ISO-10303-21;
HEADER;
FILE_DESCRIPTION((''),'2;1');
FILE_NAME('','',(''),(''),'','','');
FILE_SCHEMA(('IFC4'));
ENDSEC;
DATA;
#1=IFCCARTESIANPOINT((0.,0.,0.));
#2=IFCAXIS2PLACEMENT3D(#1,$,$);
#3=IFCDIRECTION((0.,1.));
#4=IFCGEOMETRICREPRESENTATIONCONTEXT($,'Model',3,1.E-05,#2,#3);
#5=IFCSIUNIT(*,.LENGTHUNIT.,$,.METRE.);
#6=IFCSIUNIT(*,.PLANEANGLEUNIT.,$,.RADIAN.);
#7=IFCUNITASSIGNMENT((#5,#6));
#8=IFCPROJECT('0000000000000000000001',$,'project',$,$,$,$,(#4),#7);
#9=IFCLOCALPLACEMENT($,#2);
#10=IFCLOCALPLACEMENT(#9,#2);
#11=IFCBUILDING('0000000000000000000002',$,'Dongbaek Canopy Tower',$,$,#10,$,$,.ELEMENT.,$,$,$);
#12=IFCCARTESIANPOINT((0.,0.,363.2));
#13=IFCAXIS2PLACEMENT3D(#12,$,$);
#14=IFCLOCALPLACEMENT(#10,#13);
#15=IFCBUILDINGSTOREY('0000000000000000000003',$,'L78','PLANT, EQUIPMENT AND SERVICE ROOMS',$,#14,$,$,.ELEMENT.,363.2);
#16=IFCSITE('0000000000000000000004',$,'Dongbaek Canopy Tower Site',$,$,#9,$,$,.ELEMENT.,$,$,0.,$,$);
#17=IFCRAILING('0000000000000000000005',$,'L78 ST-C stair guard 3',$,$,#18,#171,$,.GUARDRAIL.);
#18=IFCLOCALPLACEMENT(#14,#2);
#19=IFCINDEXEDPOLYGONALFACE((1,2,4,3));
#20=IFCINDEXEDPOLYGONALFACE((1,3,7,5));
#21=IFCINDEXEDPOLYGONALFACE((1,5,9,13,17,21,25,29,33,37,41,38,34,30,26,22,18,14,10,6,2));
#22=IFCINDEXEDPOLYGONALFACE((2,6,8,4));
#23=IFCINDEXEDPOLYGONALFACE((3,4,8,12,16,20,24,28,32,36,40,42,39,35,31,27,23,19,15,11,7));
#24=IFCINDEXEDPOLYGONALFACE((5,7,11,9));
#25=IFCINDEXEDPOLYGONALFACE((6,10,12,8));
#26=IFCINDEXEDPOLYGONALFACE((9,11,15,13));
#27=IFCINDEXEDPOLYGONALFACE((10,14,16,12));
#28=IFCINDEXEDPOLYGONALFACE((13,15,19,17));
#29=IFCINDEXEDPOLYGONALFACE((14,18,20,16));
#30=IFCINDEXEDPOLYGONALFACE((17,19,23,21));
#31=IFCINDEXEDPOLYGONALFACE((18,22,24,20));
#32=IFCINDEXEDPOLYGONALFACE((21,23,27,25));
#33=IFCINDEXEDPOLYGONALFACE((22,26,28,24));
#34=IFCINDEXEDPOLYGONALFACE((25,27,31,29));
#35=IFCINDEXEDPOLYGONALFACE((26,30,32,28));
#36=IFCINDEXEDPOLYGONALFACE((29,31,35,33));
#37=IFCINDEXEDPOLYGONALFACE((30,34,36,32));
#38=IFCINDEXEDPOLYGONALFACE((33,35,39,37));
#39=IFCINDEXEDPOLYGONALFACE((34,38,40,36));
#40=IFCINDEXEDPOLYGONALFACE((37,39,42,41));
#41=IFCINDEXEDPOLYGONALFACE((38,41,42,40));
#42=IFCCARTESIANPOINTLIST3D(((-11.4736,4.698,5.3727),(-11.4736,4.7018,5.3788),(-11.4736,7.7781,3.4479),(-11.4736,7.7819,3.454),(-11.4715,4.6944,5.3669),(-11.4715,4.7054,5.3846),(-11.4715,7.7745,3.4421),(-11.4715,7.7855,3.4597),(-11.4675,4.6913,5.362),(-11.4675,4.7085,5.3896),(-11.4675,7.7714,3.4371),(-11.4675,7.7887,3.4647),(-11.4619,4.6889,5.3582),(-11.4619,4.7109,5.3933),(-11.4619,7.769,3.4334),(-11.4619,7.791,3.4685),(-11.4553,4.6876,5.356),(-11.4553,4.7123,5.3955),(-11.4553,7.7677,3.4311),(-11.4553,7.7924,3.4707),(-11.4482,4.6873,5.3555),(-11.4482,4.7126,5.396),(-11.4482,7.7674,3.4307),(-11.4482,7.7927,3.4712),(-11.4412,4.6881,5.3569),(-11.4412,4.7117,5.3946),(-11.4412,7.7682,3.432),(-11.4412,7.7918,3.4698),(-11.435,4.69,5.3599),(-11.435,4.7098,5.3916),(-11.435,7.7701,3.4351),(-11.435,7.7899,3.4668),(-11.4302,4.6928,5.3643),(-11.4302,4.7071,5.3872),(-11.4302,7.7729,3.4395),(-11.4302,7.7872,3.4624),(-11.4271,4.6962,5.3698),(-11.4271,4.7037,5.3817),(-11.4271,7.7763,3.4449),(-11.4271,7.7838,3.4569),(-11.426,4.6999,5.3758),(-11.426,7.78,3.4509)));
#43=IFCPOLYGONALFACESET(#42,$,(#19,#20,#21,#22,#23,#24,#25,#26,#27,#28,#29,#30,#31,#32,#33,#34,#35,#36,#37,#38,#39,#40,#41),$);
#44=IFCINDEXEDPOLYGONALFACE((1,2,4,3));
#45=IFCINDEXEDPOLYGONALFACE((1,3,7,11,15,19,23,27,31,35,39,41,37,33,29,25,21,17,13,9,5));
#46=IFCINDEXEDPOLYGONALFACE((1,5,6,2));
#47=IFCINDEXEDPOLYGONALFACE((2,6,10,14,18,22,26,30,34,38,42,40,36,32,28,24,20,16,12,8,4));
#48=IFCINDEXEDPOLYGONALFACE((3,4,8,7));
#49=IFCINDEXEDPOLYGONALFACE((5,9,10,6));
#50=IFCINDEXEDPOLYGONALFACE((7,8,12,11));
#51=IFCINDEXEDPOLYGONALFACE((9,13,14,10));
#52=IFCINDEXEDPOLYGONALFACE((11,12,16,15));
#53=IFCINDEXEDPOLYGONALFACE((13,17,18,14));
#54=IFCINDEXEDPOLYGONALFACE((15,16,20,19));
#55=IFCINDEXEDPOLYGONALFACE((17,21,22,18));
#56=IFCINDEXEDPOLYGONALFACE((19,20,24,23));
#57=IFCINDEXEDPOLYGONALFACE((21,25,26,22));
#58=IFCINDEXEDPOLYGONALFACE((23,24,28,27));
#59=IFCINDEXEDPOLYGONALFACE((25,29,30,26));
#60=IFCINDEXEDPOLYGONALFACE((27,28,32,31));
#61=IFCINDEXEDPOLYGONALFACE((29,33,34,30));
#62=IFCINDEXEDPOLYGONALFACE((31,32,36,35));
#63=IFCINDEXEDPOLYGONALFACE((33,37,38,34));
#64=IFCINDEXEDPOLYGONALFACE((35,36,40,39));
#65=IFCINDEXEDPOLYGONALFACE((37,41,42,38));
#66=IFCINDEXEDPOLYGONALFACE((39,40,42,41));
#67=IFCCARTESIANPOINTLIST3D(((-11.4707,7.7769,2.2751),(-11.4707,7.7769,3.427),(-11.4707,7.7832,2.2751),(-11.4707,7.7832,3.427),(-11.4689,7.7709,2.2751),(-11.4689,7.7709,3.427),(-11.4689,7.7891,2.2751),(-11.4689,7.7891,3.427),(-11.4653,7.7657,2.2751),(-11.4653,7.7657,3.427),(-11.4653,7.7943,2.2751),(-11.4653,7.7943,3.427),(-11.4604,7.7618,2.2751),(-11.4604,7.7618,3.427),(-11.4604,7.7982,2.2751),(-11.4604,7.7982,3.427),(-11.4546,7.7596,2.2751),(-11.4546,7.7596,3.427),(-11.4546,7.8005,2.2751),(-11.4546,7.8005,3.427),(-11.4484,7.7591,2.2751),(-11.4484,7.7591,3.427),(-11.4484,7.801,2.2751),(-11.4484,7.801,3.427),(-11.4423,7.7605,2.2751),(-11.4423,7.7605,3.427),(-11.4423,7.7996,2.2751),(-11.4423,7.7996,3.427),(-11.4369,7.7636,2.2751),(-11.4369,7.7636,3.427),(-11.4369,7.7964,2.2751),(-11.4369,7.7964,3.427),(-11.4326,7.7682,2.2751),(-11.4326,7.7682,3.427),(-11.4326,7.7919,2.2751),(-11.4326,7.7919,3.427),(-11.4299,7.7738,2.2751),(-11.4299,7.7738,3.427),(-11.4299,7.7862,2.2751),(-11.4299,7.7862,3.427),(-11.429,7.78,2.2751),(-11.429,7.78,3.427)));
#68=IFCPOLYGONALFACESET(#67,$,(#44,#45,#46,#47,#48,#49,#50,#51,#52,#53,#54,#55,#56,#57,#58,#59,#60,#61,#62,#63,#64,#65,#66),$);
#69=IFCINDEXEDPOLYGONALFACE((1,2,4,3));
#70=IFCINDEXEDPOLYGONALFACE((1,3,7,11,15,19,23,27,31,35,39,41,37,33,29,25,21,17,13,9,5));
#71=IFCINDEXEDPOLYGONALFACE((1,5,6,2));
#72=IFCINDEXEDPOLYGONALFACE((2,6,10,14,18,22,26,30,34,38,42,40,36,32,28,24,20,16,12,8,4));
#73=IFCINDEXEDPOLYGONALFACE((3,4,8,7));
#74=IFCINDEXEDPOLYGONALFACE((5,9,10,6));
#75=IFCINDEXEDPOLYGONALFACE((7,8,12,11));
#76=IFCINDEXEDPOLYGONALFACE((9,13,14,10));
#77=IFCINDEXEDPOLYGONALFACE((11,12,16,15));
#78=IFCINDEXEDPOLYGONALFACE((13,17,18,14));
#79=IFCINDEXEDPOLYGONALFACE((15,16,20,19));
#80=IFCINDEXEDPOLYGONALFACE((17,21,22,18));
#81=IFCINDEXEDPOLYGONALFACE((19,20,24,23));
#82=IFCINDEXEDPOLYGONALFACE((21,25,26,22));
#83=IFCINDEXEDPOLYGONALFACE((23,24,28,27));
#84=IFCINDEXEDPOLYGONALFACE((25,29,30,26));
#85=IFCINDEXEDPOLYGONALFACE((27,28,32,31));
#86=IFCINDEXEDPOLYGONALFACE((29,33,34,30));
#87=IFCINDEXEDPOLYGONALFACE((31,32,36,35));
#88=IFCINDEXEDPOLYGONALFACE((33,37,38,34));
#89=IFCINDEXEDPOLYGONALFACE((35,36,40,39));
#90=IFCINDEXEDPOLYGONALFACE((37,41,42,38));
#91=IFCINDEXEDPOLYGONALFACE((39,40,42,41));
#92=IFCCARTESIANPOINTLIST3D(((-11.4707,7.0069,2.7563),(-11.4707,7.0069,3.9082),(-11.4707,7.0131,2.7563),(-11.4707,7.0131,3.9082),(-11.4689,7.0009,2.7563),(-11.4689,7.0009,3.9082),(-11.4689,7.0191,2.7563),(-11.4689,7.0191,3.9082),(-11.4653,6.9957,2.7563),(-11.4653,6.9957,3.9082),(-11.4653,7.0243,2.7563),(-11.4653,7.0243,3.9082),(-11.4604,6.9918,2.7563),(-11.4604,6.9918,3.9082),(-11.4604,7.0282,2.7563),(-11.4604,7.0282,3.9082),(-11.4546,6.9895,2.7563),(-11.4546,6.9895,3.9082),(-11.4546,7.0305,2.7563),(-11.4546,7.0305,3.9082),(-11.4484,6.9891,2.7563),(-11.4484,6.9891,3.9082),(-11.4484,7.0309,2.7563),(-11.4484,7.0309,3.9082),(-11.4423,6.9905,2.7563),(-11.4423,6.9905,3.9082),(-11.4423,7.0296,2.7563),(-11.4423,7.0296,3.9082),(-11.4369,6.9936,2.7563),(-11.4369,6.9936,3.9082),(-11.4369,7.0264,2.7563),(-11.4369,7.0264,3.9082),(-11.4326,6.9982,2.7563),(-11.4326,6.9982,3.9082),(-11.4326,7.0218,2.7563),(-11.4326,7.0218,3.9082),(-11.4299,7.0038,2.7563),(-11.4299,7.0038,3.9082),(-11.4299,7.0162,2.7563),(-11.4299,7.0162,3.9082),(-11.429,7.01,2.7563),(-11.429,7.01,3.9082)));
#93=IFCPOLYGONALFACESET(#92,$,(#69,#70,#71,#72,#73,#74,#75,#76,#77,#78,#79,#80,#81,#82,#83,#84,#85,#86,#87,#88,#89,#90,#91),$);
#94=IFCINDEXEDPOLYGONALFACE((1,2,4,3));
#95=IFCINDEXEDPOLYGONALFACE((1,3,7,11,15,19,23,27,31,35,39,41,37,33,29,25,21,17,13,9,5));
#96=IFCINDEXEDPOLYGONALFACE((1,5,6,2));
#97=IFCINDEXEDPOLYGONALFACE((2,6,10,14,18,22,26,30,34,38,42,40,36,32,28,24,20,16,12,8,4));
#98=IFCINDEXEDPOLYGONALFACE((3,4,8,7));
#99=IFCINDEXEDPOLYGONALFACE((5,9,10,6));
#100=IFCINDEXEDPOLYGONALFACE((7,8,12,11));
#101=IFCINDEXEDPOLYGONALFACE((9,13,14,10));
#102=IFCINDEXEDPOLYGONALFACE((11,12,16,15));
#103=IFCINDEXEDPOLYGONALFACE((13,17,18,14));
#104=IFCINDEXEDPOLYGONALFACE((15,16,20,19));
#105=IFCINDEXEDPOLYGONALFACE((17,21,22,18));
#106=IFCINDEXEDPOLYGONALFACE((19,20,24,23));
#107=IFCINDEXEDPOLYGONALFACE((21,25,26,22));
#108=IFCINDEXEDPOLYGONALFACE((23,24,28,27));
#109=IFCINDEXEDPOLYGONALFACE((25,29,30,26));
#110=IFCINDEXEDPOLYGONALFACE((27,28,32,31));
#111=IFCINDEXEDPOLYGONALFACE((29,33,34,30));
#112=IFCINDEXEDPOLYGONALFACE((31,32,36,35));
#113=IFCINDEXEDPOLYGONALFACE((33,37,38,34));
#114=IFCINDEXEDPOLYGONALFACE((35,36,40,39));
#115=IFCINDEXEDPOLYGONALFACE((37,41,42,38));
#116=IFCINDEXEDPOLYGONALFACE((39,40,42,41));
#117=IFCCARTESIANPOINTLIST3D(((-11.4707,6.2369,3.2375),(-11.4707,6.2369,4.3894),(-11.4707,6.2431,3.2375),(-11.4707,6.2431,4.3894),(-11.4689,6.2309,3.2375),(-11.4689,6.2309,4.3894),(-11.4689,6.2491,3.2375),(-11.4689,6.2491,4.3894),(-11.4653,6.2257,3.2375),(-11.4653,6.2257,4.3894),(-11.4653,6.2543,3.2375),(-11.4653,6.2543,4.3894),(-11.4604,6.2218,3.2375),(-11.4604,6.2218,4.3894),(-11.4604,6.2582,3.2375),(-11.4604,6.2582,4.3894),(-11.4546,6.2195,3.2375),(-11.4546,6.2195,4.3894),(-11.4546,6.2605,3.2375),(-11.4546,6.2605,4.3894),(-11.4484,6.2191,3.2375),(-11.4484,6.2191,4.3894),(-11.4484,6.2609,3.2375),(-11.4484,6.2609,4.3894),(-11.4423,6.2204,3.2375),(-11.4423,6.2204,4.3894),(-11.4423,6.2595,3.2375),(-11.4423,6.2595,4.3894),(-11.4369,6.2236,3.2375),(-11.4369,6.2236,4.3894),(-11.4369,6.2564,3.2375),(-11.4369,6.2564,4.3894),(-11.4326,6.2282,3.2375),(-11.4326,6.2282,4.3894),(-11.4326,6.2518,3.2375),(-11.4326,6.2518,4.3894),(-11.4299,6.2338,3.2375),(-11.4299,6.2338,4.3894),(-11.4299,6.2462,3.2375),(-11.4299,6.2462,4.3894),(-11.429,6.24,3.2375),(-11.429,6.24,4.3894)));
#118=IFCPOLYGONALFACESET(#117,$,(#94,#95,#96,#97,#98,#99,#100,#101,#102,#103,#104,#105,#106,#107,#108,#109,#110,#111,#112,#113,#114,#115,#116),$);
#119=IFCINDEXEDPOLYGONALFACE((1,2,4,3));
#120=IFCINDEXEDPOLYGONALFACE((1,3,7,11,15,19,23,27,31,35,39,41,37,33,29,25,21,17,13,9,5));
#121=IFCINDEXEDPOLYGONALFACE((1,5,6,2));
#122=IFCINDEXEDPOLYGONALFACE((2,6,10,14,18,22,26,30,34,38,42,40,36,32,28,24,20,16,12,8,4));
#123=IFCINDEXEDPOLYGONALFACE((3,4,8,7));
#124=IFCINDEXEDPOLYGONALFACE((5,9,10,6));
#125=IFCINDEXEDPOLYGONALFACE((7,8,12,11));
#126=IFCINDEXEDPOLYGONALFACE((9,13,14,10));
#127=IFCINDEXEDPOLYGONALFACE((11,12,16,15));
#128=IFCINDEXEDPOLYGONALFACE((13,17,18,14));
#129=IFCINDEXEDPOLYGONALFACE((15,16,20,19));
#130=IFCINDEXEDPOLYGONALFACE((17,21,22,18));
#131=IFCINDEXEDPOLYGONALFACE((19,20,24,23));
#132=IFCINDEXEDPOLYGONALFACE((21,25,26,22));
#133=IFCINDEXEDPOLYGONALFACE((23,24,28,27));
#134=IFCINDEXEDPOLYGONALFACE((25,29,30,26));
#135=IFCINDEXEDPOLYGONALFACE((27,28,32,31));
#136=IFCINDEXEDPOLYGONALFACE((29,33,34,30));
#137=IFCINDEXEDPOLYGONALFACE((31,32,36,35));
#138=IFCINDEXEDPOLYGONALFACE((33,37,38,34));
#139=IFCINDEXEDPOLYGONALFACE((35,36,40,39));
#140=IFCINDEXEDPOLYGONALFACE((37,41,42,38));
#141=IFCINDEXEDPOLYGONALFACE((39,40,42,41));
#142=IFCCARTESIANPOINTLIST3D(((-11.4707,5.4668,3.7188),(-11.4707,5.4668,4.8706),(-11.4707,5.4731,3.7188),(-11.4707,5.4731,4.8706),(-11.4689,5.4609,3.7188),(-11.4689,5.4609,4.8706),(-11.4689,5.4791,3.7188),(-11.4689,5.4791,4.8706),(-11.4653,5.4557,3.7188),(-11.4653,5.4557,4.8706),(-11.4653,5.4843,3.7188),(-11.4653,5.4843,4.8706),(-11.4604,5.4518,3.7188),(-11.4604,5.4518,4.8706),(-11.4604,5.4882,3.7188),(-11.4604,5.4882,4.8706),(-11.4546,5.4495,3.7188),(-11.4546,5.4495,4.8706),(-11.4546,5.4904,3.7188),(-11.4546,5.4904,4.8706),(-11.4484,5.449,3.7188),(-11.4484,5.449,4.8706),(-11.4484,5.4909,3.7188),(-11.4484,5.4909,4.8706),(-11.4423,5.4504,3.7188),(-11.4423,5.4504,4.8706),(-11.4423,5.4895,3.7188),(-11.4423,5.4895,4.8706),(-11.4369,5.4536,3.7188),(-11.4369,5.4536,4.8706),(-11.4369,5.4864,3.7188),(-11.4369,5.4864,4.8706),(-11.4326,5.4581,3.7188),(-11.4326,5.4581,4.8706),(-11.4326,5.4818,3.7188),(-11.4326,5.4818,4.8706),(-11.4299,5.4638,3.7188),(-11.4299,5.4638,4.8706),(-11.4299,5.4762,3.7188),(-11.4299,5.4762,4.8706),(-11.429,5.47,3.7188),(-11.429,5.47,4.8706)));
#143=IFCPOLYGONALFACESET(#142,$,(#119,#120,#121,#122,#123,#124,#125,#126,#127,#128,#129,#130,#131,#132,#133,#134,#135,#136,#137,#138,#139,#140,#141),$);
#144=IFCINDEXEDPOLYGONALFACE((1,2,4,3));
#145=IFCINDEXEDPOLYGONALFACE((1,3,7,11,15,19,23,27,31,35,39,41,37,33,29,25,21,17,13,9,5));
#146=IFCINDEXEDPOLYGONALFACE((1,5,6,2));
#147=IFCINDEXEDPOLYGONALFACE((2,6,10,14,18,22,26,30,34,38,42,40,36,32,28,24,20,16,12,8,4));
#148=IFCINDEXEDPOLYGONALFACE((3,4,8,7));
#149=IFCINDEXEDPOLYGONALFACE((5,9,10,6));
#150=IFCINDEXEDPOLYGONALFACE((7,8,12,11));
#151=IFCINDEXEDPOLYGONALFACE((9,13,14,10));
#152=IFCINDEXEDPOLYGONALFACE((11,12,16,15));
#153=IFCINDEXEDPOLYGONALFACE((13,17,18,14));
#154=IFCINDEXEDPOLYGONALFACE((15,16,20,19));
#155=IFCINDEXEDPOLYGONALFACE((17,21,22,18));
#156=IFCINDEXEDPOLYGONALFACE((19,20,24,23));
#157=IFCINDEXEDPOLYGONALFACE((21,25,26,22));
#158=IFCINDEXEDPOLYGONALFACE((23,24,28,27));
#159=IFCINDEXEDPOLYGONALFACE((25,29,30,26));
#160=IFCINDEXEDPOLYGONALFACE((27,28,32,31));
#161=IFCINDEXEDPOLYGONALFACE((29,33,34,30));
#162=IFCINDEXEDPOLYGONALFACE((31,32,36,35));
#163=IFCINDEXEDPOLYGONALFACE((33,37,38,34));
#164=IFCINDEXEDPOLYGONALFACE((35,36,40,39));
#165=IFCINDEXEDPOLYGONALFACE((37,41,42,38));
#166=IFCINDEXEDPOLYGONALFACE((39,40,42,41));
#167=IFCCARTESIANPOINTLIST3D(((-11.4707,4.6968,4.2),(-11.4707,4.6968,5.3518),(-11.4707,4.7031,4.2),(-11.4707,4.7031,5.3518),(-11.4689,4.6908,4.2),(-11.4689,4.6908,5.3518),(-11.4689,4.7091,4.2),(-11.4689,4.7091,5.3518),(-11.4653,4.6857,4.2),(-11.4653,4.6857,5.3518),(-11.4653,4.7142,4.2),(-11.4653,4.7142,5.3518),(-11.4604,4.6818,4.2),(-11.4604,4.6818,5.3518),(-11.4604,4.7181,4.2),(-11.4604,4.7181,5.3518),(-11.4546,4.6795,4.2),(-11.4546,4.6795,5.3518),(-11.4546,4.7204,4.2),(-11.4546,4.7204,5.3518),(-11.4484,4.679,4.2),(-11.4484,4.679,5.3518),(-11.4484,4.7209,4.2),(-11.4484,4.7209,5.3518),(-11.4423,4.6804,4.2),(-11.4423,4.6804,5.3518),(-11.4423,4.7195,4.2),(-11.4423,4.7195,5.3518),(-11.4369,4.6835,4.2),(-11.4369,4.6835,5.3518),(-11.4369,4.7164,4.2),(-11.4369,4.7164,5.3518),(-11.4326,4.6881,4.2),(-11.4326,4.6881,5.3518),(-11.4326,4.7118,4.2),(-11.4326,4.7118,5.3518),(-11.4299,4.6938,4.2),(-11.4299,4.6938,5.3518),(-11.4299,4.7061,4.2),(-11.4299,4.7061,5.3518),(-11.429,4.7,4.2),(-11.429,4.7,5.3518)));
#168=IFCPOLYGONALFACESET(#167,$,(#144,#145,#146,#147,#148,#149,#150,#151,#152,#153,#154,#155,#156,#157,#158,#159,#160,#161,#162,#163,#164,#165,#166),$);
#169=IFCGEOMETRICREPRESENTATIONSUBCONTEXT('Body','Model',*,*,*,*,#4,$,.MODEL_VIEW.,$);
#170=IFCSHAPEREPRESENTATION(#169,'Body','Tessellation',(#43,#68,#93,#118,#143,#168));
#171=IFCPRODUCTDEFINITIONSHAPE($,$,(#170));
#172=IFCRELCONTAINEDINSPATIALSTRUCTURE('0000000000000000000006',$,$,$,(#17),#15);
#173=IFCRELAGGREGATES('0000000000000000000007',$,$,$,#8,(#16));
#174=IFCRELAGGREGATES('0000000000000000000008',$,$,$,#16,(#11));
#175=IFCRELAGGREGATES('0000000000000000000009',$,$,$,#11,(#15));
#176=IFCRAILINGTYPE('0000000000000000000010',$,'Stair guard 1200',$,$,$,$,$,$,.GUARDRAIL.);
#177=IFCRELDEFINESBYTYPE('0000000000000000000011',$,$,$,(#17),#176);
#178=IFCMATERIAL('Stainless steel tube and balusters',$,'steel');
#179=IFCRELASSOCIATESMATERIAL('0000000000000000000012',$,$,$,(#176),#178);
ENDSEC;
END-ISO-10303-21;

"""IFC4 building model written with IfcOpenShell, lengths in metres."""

from ifc_helpers import new_model, si_unit, direction, frame, origin, origin_2d, place, context, subcontext, project, spatial, circle, extrude, material, type_object, element, save


model = new_model("IFC4")

# Units and contexts
model_context = context("Model", 3, precision=1e-05, world=origin(), true_north=direction((0.0, 1.0)))
body_context = subcontext(model_context, "Body", "Model", "MODEL_VIEW")
ifc_project = project(units=[si_unit("LENGTHUNIT", "METRE"), si_unit("PLANEANGLEUNIT", "RADIAN")], contexts=[model_context])

# Site, building, storey
site_placement = place(None, origin())
site = spatial("IfcSite", under=ifc_project, at=site_placement, Name="Dongbaek Canopy Tower Site", CompositionType="ELEMENT", RefElevation=0.0)
building_placement = place(site_placement, origin())
building = spatial("IfcBuilding", under=site, at=building_placement, Name="Dongbaek Canopy Tower", CompositionType="ELEMENT")
storey_placement = place(building_placement, frame((0.0, 0.0, 363.2)))
storey = spatial("IfcBuildingStorey", under=building, at=storey_placement, Name="L78", Description="PLANT, EQUIPMENT AND SERVICE ROOMS", CompositionType="ELEMENT", Elevation=363.2)

# Railing
ifc_material_1 = material(Name="Stainless steel tube and balusters", Category="steel")
railing_type_1 = type_object("IfcRailingType", Name="Stair guard 1200", PredefinedType="GUARDRAIL", material=ifc_material_1)
railing_1_placement = place(storey_placement, frame((-11.45, 7.78, 2.2751)))
element("IfcRailing", 1, at=railing_1_placement, inside=storey, type_object=railing_type_1, Name="L78 ST-C stair guard 3", PredefinedType="GUARDRAIL", context=body_context, shape_type="SweptSolid", body=[
    extrude(circle(Radius=0.0239, at=origin_2d()), frame((0.0, 0.0, 1.1758), z_axis=(0.0, -0.848029, 0.529951), x_axis=(1.0, 0.0, 0.0)), (0.0, 0.0, 1.0), 3.6321),
    extrude(circle(Radius=0.021, at=origin_2d()), origin(), (0.0, 0.0, 1.0), 1.1519),
    extrude(circle(Radius=0.021, at=origin_2d()), frame((0.0, -0.77, 0.4812)), (0.0, 0.0, 1.0), 1.1519),
    extrude(circle(Radius=0.021, at=origin_2d()), frame((0.0, -1.54, 0.9624)), (0.0, 0.0, 1.0), 1.1519),
    extrude(circle(Radius=0.021, at=origin_2d()), frame((0.0, -2.3101, 1.4436)), (0.0, 0.0, 1.0), 1.1519),
    extrude(circle(Radius=0.021, at=origin_2d()), frame((0.0, -3.0801, 1.9248)), (0.0, 0.0, 1.0), 1.1519),
])

save(model, "model.ifc")
